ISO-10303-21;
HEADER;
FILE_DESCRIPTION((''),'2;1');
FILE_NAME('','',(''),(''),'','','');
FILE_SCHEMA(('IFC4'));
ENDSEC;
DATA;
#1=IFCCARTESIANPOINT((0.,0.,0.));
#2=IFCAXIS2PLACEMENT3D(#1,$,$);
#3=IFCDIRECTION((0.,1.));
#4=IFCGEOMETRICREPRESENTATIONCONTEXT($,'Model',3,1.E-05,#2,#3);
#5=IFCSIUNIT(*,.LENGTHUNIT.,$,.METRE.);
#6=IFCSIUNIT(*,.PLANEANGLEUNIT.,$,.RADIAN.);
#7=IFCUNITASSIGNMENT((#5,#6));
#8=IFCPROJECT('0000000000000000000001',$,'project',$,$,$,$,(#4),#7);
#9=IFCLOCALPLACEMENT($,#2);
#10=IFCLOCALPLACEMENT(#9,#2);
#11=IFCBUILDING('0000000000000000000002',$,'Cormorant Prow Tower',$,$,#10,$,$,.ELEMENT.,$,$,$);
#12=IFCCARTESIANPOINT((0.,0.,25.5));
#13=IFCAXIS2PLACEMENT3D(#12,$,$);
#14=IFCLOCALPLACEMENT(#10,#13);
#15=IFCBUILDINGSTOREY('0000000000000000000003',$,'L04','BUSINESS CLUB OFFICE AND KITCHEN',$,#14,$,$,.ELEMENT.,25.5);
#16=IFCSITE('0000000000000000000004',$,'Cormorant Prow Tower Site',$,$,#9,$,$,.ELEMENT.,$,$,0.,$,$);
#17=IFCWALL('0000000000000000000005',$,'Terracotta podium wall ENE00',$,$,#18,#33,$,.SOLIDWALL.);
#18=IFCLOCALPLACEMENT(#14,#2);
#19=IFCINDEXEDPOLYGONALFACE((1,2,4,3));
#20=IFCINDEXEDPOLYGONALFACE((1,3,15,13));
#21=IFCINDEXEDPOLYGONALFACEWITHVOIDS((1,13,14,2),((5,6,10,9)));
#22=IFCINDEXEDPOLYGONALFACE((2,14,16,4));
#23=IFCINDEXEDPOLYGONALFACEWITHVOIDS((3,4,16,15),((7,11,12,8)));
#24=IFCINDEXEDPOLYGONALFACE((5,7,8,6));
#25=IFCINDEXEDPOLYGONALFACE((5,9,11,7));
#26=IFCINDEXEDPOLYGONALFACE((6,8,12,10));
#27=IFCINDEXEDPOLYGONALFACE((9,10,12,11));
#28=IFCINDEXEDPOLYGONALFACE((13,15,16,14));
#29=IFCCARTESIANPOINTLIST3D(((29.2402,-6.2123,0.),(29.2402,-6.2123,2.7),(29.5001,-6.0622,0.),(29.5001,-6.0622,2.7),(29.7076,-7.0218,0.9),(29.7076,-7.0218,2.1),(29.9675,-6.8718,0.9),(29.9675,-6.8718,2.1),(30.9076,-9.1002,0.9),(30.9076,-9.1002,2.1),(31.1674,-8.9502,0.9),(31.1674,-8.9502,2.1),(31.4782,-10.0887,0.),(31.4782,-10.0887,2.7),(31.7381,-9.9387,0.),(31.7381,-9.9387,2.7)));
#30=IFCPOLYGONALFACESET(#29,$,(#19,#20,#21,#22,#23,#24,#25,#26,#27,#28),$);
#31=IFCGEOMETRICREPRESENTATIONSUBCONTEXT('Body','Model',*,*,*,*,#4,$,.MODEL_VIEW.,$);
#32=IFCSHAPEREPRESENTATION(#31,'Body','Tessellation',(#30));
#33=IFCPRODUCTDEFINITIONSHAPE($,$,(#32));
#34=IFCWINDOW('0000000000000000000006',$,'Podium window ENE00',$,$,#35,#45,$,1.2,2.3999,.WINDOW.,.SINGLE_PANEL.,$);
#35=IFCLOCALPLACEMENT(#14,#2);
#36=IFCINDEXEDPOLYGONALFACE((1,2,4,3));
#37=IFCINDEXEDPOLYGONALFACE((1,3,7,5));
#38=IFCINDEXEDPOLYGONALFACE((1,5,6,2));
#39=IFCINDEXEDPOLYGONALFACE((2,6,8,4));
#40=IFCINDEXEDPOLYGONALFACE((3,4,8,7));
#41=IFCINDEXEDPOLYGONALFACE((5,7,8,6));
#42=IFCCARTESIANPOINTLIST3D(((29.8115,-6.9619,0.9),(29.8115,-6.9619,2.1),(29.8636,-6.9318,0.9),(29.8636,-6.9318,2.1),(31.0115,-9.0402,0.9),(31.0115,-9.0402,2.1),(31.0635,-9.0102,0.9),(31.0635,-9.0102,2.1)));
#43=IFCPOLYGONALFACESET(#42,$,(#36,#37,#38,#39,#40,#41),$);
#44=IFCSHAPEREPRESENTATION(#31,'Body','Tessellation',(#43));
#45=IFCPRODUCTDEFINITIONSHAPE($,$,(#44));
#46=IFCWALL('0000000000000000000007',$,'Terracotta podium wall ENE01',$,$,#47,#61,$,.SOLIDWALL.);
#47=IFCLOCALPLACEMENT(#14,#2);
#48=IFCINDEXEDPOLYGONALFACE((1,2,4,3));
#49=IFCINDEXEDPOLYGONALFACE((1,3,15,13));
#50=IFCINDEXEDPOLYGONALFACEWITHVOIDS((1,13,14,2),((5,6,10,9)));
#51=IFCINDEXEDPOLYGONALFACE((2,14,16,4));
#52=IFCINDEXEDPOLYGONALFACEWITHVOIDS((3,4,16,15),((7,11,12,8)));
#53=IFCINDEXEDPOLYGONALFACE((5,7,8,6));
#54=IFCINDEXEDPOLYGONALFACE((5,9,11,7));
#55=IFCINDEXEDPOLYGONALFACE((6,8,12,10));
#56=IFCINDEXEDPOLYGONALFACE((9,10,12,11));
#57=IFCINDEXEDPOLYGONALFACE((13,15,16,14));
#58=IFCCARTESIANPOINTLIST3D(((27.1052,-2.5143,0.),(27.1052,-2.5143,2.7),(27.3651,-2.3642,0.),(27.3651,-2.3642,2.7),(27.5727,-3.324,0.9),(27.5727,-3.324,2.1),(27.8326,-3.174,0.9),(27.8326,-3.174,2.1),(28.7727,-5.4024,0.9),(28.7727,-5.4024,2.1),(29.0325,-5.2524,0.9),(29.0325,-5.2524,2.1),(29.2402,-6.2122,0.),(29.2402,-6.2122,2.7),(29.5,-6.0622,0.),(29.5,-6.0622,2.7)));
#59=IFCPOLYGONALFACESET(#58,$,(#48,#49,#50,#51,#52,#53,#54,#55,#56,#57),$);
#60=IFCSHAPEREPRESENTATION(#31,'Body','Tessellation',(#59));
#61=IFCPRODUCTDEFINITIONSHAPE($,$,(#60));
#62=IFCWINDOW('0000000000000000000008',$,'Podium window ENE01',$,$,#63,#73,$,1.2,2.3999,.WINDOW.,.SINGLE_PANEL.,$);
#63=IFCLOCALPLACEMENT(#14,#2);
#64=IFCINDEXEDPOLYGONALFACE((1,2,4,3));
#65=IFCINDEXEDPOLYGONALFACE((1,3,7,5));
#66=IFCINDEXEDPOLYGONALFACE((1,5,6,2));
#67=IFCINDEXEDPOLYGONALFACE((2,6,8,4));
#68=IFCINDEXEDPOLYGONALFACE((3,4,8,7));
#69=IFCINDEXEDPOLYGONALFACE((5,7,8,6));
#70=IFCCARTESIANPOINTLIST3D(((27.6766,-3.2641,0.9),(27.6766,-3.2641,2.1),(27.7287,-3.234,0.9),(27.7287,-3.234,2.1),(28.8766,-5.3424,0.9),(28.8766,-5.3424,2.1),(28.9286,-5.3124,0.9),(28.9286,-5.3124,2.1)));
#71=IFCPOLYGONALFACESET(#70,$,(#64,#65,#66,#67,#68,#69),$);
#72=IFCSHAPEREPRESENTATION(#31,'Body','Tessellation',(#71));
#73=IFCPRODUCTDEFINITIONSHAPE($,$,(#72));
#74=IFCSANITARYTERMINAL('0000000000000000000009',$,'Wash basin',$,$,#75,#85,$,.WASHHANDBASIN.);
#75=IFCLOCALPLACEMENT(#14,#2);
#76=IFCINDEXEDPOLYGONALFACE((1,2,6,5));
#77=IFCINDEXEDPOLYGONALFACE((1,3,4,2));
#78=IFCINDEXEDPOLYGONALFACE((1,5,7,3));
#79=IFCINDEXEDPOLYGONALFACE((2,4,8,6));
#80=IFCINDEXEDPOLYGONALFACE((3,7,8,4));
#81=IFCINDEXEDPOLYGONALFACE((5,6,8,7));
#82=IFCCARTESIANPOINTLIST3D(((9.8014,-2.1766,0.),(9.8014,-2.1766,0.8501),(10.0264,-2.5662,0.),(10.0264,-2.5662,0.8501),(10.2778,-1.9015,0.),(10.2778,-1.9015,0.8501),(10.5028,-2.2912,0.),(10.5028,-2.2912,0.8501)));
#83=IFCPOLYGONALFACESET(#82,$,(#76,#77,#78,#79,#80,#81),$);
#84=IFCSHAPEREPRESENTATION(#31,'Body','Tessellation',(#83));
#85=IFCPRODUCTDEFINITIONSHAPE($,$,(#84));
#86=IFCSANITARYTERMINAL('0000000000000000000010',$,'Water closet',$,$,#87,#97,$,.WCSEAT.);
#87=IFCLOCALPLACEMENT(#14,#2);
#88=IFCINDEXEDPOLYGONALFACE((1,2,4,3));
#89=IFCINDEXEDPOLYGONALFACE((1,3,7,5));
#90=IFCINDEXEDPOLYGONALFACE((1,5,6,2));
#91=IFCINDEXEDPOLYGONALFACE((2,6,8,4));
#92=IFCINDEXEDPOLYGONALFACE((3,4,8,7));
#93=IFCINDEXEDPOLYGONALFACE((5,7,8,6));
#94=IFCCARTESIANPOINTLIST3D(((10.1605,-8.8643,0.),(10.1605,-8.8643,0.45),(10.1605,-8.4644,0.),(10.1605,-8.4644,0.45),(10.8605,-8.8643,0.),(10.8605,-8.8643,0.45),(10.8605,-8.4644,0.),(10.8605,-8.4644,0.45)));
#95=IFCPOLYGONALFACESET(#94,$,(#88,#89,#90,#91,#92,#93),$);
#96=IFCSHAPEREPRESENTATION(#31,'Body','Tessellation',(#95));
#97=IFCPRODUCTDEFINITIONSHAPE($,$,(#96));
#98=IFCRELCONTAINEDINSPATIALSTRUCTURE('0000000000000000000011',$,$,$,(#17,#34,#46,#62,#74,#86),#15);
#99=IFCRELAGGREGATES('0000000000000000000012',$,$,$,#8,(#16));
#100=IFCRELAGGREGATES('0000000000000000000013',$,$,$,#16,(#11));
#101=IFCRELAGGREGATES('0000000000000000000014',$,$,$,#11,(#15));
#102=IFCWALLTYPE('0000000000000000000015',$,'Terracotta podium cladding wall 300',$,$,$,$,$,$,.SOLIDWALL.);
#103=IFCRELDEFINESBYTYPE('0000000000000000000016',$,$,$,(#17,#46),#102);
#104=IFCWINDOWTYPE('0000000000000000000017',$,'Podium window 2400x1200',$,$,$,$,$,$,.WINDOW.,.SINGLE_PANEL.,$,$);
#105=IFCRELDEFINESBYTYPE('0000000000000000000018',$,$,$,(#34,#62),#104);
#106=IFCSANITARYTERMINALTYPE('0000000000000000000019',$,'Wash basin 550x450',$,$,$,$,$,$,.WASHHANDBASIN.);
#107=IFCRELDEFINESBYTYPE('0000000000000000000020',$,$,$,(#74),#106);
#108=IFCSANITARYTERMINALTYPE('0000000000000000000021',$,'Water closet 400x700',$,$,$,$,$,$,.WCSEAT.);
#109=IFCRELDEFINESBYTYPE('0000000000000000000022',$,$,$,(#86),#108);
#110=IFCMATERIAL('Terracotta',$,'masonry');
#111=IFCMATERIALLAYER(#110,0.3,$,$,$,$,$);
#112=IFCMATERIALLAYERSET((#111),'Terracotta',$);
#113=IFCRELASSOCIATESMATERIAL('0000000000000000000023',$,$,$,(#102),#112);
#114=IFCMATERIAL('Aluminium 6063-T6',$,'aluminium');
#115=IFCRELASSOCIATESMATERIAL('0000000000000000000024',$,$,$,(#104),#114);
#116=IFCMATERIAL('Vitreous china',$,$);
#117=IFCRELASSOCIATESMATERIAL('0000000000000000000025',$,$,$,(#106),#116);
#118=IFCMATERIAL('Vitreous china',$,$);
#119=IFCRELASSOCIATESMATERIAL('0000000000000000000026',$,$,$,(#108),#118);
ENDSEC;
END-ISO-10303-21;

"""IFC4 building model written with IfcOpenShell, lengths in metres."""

from ifc_helpers import new_model, si_unit, direction, frame, frame_2d, origin, origin_2d, place, context, subcontext, project, spatial, rectangle, extrude, material, layer, layer_set, type_object, element, fill, save


model = new_model("IFC4")

# Units and contexts
model_context = context("Model", 3, precision=1e-05, world=origin(), true_north=direction((0.0, 1.0)))
body_context = subcontext(model_context, "Body", "Model", "MODEL_VIEW")
ifc_project = project(units=[si_unit("LENGTHUNIT", "METRE"), si_unit("PLANEANGLEUNIT", "RADIAN")], contexts=[model_context])

# Site, building, storey
site_placement = place(None, origin())
site = spatial("IfcSite", under=ifc_project, at=site_placement, Name="Cormorant Prow Tower Site", CompositionType="ELEMENT", RefElevation=0.0)
building_placement = place(site_placement, origin())
building = spatial("IfcBuilding", under=site, at=building_placement, Name="Cormorant Prow Tower", CompositionType="ELEMENT")
storey_placement = place(building_placement, frame((0.0, 0.0, 25.5)))
storey = spatial("IfcBuildingStorey", under=building, at=storey_placement, Name="L04", Description="BUSINESS CLUB OFFICE AND KITCHEN", CompositionType="ELEMENT", Elevation=25.5)

# Walls, openings, windows
ifc_material_1 = material(Name="Terracotta", Category="masonry")
ifc_layer_1 = layer(ifc_material_1, 0.3)
ifc_layer_set_1 = layer_set([ifc_layer_1], Name="Terracotta")
wall_type_1 = type_object("IfcWallType", Name="Terracotta podium cladding wall 300", PredefinedType="SOLIDWALL", material=ifc_layer_set_1)
ifc_material_2 = material(Name="Aluminium 6063-T6", Category="aluminium")
window_type = type_object("IfcWindowType", Name="Podium window 2400x1200", PartitioningType="SINGLE_PANEL", PredefinedType="WINDOW", material=ifc_material_2)
wall_1_placement = place(storey_placement, frame((31.6082, -10.0137, 0.0), z_axis=(0.0, 0.0, 1.0), x_axis=(-0.499993, 0.866029, 0.0)))
wall_1 = element("IfcWall", 1, at=wall_1_placement, inside=storey, type_object=wall_type_1, Name="Terracotta podium wall ENE00", PredefinedType="SOLIDWALL", context=body_context, shape_type="SweptSolid", body=[
    extrude(rectangle(XDim=4.4761, YDim=0.3, at=frame_2d((2.238, 0.0))), origin(), (0.0, 0.0, 1.0), 2.7),
])
opening_1_placement = place(wall_1_placement, frame((1.1414, 0.0, 0.8999)))
opening_1 = element("IfcOpeningElement", 2, at=opening_1_placement, cuts=wall_1, PredefinedType="OPENING", context=body_context, shape_type="SweptSolid", body=[
    extrude(rectangle(XDim=2.3999, YDim=1.2, at=frame_2d((1.2, 0.6001))), frame((0.0, 0.1599, 0.0), z_axis=(0.0, -1.0, 0.0), x_axis=(1.0, 0.0, 0.0)), (0.0, 0.0, 1.0), 0.3201),
])
window_1_placement = place(opening_1_placement, origin())
window_1 = element("IfcWindow", 3, at=window_1_placement, inside=storey, type_object=window_type, Name="Podium window ENE00", OverallHeight=1.2, OverallWidth=2.3999, PartitioningType="SINGLE_PANEL", PredefinedType="WINDOW", context=body_context, shape_type="SweptSolid", body=[
    extrude(rectangle(XDim=2.3999, YDim=1.2, at=frame_2d((1.2, 0.6001))), frame((0.0, 0.03, 0.0), z_axis=(0.0, -1.0, 0.0), x_axis=(1.0, 0.0, 0.0)), (0.0, 0.0, 1.0), 0.0601),
])
fill(opening_1, window_1)
wall_2_placement = place(storey_placement, frame((29.3701, -6.1372, 0.0), z_axis=(0.0, 0.0, 1.0), x_axis=(-0.499995, 0.866028, 0.0)))
wall_2 = element("IfcWall", 4, at=wall_2_placement, inside=storey, type_object=wall_type_1, Name="Terracotta podium wall ENE01", PredefinedType="SOLIDWALL", context=body_context, shape_type="SweptSolid", body=[
    extrude(rectangle(XDim=4.27, YDim=0.3, at=frame_2d((2.135, 0.0))), origin(), (0.0, 0.0, 1.0), 2.7),
])
opening_2_placement = place(wall_2_placement, frame((0.9351, 0.0, 0.8999)))
opening_2 = element("IfcOpeningElement", 5, at=opening_2_placement, cuts=wall_2, PredefinedType="OPENING", context=body_context, shape_type="SweptSolid", body=[
    extrude(rectangle(XDim=2.3999, YDim=1.2, at=frame_2d((1.2, 0.6001))), frame((0.0, 0.1599, 0.0), z_axis=(0.0, -1.0, 0.0), x_axis=(1.0, 0.0, 0.0)), (0.0, 0.0, 1.0), 0.3201),
])
window_2_placement = place(opening_2_placement, origin())
window_2 = element("IfcWindow", 6, at=window_2_placement, inside=storey, type_object=window_type, Name="Podium window ENE01", OverallHeight=1.2, OverallWidth=2.3999, PartitioningType="SINGLE_PANEL", PredefinedType="WINDOW", context=body_context, shape_type="SweptSolid", body=[
    extrude(rectangle(XDim=2.3999, YDim=1.2, at=frame_2d((1.2, 0.6001))), frame((0.0, 0.03, 0.0), z_axis=(0.0, -1.0, 0.0), x_axis=(1.0, 0.0, 0.0)), (0.0, 0.0, 1.0), 0.0601),
])
fill(opening_2, window_2)

# Sanitary terminals
ifc_material_3 = material(Name="Vitreous china")
sanitary_terminal_type_1 = type_object("IfcSanitaryTerminalType", Name="Wash basin 550x450", PredefinedType="WASHHANDBASIN", material=ifc_material_3)
sanitary_terminal_1_placement = place(storey_placement, frame((10.1521, -2.2339, 0.0), z_axis=(0.0, 0.0, 1.0), x_axis=(-0.866025, -0.5, 0.0)))
element("IfcSanitaryTerminal", 7, at=sanitary_terminal_1_placement, inside=storey, type_object=sanitary_terminal_type_1, Name="Wash basin", PredefinedType="WASHHANDBASIN", context=body_context, shape_type="SweptSolid", body=[
    extrude(rectangle(XDim=0.55, YDim=0.45, at=origin_2d()), origin(), (0.0, 0.0, 1.0), 0.8501),
])
ifc_material_4 = material(Name="Vitreous china")
sanitary_terminal_type_2 = type_object("IfcSanitaryTerminalType", Name="Water closet 400x700", PredefinedType="WCSEAT", material=ifc_material_4)
sanitary_terminal_2_placement = place(storey_placement, frame((10.5105, -8.6643, 0.0), z_axis=(0.0, 0.0, 1.0), x_axis=(0.0, -1.0, 0.0)))
element("IfcSanitaryTerminal", 8, at=sanitary_terminal_2_placement, inside=storey, type_object=sanitary_terminal_type_2, Name="Water closet", PredefinedType="WCSEAT", context=body_context, shape_type="SweptSolid", body=[
    extrude(rectangle(XDim=0.3999, YDim=0.7, at=origin_2d()), origin(), (0.0, 0.0, 1.0), 0.45),
])

save(model, "model.ifc")
